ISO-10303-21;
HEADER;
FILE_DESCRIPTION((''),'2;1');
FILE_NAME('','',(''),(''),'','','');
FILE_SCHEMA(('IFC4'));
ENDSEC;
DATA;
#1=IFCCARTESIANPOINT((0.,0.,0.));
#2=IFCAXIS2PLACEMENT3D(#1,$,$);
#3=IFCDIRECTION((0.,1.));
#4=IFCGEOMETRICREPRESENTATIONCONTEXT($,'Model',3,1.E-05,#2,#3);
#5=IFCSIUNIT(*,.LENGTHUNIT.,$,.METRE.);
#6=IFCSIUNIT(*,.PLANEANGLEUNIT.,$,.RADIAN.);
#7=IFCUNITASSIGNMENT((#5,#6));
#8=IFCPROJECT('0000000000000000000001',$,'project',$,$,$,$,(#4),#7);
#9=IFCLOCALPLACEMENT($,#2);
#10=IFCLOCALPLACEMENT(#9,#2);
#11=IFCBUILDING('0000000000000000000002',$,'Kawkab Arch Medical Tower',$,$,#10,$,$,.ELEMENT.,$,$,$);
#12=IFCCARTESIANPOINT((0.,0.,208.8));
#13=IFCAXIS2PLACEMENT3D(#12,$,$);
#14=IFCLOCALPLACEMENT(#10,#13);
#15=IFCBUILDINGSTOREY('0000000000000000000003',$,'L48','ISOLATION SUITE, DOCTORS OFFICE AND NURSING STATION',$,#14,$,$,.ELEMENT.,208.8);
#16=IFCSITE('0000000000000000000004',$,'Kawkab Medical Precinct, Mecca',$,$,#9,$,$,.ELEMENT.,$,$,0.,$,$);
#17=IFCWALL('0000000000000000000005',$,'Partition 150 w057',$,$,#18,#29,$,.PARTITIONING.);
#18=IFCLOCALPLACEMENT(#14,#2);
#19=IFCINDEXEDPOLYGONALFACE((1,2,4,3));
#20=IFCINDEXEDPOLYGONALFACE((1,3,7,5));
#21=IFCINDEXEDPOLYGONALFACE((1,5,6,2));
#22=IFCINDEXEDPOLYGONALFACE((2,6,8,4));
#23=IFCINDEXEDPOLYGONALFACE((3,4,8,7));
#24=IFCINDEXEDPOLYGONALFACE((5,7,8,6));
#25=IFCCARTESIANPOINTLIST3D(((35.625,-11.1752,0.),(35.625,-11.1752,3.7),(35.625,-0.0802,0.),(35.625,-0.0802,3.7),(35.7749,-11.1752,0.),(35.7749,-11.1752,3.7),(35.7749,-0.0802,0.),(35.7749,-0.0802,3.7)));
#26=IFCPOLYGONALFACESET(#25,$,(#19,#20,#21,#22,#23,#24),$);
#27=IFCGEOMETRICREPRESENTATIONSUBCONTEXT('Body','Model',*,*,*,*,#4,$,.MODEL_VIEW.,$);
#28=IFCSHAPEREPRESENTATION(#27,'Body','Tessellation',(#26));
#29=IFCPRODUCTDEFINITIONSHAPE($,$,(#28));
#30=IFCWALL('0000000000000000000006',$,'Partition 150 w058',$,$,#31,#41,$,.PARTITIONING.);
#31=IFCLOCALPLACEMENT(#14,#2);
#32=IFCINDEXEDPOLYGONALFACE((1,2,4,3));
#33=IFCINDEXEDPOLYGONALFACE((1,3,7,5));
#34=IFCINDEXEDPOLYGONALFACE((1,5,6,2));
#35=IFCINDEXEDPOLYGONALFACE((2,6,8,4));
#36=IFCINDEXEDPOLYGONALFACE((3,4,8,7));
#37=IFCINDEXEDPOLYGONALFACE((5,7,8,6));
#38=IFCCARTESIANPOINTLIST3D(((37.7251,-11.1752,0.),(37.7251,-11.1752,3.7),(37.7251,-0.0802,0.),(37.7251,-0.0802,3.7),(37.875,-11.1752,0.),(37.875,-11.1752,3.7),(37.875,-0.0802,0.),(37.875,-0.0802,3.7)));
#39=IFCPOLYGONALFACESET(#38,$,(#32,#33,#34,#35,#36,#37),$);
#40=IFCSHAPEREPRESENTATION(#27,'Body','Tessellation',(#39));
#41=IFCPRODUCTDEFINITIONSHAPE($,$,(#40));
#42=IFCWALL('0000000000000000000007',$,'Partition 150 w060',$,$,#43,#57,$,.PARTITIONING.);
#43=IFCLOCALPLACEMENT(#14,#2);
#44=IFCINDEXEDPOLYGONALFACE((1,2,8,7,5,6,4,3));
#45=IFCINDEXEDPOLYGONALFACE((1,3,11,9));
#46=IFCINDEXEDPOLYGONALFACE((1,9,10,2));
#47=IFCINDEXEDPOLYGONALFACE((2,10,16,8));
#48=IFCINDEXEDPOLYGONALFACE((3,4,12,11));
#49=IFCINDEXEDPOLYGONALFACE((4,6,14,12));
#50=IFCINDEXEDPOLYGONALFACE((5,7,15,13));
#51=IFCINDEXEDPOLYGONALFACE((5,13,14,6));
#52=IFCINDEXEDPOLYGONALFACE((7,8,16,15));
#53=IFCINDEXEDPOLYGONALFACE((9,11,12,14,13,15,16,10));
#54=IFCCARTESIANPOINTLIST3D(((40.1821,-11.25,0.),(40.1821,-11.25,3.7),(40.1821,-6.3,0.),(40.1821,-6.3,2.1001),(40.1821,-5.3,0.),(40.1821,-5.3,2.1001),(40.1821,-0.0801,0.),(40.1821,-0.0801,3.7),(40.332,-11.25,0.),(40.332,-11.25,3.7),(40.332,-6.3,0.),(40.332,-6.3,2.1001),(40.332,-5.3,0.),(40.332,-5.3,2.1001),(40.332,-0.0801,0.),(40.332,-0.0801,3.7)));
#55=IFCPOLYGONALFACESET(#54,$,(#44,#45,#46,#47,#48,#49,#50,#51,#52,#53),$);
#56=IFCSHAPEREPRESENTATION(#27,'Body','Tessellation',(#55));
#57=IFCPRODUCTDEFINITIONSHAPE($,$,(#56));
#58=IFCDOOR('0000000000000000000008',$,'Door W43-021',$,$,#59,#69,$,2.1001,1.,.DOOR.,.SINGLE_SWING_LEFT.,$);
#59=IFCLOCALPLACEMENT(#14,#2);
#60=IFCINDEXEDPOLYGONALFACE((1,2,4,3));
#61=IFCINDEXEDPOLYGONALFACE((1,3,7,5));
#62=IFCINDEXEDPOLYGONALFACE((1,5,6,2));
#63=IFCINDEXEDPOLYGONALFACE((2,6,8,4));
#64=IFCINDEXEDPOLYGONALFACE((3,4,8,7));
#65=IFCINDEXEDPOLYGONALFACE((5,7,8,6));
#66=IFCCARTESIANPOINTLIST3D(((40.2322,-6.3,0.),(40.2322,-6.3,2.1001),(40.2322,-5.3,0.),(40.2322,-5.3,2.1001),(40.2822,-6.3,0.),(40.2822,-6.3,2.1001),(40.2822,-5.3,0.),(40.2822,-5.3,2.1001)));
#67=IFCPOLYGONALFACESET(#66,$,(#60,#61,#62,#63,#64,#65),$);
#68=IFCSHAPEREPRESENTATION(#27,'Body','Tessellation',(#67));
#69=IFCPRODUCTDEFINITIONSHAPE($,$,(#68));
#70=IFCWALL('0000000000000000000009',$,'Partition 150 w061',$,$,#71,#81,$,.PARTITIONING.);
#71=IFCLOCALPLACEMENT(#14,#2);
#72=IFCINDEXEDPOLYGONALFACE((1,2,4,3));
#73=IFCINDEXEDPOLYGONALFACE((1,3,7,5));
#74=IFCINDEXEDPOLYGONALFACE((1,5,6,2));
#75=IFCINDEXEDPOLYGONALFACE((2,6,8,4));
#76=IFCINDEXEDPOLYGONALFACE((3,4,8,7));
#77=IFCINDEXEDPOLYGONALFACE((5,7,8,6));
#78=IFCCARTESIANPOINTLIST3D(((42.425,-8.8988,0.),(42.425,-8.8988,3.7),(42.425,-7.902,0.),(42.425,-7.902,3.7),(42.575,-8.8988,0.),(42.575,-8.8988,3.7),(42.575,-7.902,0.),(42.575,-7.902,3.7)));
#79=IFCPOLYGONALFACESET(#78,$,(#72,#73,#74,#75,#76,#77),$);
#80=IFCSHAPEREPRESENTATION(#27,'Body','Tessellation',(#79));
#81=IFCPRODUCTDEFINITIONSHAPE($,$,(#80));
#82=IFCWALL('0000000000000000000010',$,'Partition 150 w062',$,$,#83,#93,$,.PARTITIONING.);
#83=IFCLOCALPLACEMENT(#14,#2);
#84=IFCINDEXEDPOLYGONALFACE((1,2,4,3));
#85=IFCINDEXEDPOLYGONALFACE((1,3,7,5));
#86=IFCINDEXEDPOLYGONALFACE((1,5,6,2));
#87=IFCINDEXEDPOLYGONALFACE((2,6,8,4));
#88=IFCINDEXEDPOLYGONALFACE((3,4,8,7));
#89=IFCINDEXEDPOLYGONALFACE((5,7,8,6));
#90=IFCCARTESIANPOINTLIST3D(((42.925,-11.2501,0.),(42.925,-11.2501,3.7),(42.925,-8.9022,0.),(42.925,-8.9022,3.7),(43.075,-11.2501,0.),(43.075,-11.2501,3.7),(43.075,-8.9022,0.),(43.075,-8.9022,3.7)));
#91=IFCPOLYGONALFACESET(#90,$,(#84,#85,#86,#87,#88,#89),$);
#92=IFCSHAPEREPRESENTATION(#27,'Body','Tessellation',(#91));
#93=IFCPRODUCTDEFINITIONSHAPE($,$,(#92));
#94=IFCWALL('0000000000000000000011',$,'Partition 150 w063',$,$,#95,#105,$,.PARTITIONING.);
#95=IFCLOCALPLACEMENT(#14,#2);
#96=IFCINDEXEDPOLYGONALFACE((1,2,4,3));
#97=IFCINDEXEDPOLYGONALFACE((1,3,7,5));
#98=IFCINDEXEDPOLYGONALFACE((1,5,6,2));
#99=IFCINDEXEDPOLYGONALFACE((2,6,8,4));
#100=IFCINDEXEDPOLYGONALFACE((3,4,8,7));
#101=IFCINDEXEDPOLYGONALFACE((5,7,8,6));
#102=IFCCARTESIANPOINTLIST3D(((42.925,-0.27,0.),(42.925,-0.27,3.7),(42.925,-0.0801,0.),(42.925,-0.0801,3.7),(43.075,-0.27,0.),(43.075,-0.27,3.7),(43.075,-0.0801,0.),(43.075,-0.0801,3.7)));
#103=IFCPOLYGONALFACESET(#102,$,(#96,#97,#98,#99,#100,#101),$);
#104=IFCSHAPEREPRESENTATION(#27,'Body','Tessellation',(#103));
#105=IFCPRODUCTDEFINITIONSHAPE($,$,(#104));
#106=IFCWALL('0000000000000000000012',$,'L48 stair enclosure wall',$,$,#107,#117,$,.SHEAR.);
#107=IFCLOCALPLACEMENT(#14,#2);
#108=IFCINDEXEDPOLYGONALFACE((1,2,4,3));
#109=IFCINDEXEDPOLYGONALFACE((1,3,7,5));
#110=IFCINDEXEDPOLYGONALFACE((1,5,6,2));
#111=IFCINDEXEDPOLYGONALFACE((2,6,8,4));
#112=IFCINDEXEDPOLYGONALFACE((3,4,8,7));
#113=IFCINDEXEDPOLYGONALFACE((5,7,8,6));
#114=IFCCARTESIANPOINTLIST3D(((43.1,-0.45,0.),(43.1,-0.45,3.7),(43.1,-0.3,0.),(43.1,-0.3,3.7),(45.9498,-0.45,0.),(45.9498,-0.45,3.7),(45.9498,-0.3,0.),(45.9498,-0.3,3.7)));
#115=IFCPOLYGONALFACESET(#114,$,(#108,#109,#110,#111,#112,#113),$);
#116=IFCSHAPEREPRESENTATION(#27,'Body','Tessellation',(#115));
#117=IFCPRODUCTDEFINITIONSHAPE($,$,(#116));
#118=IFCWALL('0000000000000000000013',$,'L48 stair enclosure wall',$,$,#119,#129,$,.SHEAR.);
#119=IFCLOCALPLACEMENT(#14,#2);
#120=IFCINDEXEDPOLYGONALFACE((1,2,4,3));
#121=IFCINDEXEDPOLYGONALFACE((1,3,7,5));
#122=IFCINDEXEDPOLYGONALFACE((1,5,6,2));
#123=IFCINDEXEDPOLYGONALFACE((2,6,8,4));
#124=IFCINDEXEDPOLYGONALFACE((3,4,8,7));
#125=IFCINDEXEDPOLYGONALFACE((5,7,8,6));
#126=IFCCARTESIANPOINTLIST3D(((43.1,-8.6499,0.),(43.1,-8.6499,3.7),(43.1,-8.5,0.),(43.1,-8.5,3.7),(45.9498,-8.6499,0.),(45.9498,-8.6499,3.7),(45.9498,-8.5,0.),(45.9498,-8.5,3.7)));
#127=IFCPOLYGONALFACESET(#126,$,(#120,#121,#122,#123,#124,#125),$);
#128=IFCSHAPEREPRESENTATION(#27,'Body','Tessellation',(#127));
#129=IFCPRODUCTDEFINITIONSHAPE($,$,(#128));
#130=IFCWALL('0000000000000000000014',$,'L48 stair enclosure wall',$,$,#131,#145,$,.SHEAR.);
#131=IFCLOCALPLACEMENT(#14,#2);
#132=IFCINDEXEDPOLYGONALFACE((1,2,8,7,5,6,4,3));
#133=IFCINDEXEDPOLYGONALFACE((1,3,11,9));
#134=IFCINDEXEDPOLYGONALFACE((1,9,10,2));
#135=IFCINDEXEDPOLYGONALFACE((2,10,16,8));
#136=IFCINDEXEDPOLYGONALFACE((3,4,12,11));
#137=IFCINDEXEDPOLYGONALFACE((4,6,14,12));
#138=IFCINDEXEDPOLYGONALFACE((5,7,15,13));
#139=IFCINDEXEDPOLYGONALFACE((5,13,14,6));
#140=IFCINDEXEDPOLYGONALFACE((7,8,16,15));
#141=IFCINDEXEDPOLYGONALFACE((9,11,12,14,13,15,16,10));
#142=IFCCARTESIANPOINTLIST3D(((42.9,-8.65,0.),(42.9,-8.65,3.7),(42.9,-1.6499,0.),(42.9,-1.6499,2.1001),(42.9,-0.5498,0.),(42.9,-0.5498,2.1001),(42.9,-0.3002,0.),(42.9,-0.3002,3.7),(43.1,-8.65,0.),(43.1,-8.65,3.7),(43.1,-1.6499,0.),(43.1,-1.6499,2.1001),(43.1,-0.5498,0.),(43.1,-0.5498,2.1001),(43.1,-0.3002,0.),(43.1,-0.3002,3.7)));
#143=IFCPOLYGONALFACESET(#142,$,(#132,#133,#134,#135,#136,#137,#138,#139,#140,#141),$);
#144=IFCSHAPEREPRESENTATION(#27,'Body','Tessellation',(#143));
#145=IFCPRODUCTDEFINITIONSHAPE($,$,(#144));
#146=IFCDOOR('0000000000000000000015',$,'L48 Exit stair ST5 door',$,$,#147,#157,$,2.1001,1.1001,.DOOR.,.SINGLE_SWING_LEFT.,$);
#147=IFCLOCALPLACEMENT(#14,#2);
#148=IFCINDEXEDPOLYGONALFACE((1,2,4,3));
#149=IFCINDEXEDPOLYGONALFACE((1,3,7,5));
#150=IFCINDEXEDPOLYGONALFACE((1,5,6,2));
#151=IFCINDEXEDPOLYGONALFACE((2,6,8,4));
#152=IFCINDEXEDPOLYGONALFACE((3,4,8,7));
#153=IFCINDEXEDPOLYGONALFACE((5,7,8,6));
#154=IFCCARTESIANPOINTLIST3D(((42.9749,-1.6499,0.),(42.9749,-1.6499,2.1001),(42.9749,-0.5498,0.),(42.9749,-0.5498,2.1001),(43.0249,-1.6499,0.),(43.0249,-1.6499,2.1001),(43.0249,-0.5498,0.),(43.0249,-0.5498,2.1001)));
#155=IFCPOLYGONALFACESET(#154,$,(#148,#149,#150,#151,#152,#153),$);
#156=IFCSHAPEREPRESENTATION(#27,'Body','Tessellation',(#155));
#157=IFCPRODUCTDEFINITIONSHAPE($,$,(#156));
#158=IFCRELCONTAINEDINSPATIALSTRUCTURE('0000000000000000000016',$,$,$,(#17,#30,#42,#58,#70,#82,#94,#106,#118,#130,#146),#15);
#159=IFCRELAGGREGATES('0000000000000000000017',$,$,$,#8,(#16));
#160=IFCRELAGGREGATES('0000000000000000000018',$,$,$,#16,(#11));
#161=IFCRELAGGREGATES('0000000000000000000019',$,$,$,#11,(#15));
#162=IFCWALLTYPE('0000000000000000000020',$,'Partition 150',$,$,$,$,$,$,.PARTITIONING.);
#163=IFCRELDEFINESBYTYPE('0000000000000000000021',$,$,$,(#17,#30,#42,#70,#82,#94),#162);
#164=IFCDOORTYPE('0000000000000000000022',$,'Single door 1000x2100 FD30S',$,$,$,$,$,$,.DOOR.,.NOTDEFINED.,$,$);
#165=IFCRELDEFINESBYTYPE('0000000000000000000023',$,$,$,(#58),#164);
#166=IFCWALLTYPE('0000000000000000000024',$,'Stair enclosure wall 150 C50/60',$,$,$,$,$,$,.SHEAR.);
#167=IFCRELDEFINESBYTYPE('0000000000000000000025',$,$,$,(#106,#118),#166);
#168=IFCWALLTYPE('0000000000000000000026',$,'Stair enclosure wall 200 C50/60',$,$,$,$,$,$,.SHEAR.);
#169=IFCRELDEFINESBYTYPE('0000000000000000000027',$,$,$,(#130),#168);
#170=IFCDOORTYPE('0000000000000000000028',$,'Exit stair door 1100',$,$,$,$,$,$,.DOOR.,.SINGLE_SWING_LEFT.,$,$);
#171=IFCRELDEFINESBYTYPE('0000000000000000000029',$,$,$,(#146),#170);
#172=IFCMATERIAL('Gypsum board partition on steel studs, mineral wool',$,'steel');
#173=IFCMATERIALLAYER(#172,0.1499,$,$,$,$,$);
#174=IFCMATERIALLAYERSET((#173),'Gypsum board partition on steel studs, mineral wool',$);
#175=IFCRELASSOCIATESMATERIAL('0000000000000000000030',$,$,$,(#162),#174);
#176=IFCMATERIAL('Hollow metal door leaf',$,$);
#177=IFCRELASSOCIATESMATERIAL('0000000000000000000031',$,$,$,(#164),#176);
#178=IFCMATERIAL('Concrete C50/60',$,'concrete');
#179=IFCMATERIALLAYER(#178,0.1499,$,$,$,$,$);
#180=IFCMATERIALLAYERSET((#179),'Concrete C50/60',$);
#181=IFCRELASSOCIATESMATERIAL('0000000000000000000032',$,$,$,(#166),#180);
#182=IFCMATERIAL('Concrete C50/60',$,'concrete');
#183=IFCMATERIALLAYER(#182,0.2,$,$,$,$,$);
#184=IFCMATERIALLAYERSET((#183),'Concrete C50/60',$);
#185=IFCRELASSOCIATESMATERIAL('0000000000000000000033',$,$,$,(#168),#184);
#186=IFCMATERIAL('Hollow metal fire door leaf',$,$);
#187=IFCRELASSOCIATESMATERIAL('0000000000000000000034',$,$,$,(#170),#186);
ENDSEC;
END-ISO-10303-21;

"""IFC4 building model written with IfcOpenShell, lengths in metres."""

from ifc_helpers import new_model, si_unit, direction, frame, frame_2d, origin, place, context, subcontext, project, spatial, rectangle, extrude, material, layer, layer_set, type_object, element, fill, save


model = new_model("IFC4")

# Units and contexts
model_context = context("Model", 3, precision=1e-05, world=origin(), true_north=direction((0.0, 1.0)))
body_context = subcontext(model_context, "Body", "Model", "MODEL_VIEW")
ifc_project = project(units=[si_unit("LENGTHUNIT", "METRE"), si_unit("PLANEANGLEUNIT", "RADIAN")], contexts=[model_context])

# Site, building, storey
site_placement = place(None, origin())
site = spatial("IfcSite", under=ifc_project, at=site_placement, Name="Kawkab Medical Precinct, Mecca", CompositionType="ELEMENT", RefElevation=0.0)
building_placement = place(site_placement, origin())
building = spatial("IfcBuilding", under=site, at=building_placement, Name="Kawkab Arch Medical Tower", CompositionType="ELEMENT")
storey_placement = place(building_placement, frame((0.0, 0.0, 208.8)))
storey = spatial("IfcBuildingStorey", under=building, at=storey_placement, Name="L48", Description="ISOLATION SUITE, DOCTORS OFFICE AND NURSING STATION", CompositionType="ELEMENT", Elevation=208.8)

# Shared definitions
ifc_material_1 = material(Name="Gypsum board partition on steel studs, mineral wool", Category="steel")
ifc_layer_1 = layer(ifc_material_1, 0.1499)
ifc_layer_set_1 = layer_set([ifc_layer_1], Name="Gypsum board partition on steel studs, mineral wool")
wall_type_1 = type_object("IfcWallType", Name="Partition 150", PredefinedType="PARTITIONING", material=ifc_layer_set_1)
ifc_material_2 = material(Name="Hollow metal door leaf")
door_type_1 = type_object("IfcDoorType", Name="Single door 1000x2100 FD30S", OperationType="NOTDEFINED", PredefinedType="DOOR", material=ifc_material_2)

# Walls
for number, where, z_axis, x_axis, name in (
    (1, (35.7, -11.175, 0.0), (0.0, 0.0, 1.0), (0.0, 1.0, 0.0), "Partition 150 w057"),
    (2, (37.8, -11.175, 0.0), (0.0, 0.0, 1.0), (0.0, 1.0, 0.0), "Partition 150 w058"),
):
    element("IfcWall", number, at=place(storey_placement, frame(where, z_axis=z_axis, x_axis=x_axis)), inside=storey, type_object=wall_type_1, Name=name, PredefinedType="PARTITIONING", context=body_context, shape_type="SweptSolid", body=[
        extrude(rectangle(XDim=11.095, YDim=0.1499, at=frame_2d((5.5474, 0.0))), origin(), (0.0, 0.0, 1.0), 3.7),
    ])

# Wall, opening, door
wall_1_placement = place(storey_placement, frame((40.2571, -11.25, 0.0), z_axis=(0.0, 0.0, 1.0), x_axis=(0.0, 1.0, 0.0)))
wall_1 = element("IfcWall", 3, at=wall_1_placement, inside=storey, type_object=wall_type_1, Name="Partition 150 w060", PredefinedType="PARTITIONING", context=body_context, shape_type="SweptSolid", body=[
    extrude(rectangle(XDim=11.1699, YDim=0.1499, at=frame_2d((5.585, 0.0))), origin(), (0.0, 0.0, 1.0), 3.7),
])
opening_1_placement = place(wall_1_placement, frame((4.95, 0.0, 0.0)))
opening_1 = element("IfcOpeningElement", 4, at=opening_1_placement, cuts=wall_1, PredefinedType="OPENING", context=body_context, shape_type="SweptSolid", body=[
    extrude(rectangle(XDim=1.0, YDim=2.1001, at=frame_2d((0.5, 1.05))), frame((0.0, 0.085, 0.0), z_axis=(0.0, -1.0, 0.0), x_axis=(1.0, 0.0, 0.0)), (0.0, 0.0, 1.0), 0.1699),
])
door_1_placement = place(opening_1_placement, origin())
door_1 = element("IfcDoor", 5, at=door_1_placement, inside=storey, type_object=door_type_1, Name="Door W43-021", OperationType="SINGLE_SWING_LEFT", OverallHeight=2.1001, OverallWidth=1.0, PredefinedType="DOOR", context=body_context, shape_type="SweptSolid", body=[
    extrude(rectangle(XDim=1.0, YDim=2.1001, at=frame_2d((0.5, 1.05))), frame((0.0, 0.0249, 0.0), z_axis=(0.0, -1.0, 0.0), x_axis=(1.0, 0.0, 0.0)), (0.0, 0.0, 1.0), 0.05),
])
fill(opening_1, door_1)

# Walls
wall_2_placement = place(storey_placement, frame((42.5, -8.8989, 0.0), z_axis=(0.0, 0.0, 1.0), x_axis=(0.0, 1.0, 0.0)))
element("IfcWall", 6, at=wall_2_placement, inside=storey, type_object=wall_type_1, Name="Partition 150 w061", PredefinedType="PARTITIONING", context=body_context, shape_type="SweptSolid", body=[
    extrude(rectangle(XDim=0.9968, YDim=0.1499, at=frame_2d((0.4985, 0.0))), origin(), (0.0, 0.0, 1.0), 3.7),
])
wall_3_placement = place(storey_placement, frame((43.0, -11.25, 0.0), z_axis=(0.0, 0.0, 1.0), x_axis=(0.0, 1.0, 0.0)))
element("IfcWall", 7, at=wall_3_placement, inside=storey, type_object=wall_type_1, Name="Partition 150 w062", PredefinedType="PARTITIONING", context=body_context, shape_type="SweptSolid", body=[
    extrude(rectangle(XDim=2.3479, YDim=0.1499, at=frame_2d((1.1738, 0.0))), origin(), (0.0, 0.0, 1.0), 3.7),
])
wall_4_placement = place(storey_placement, frame((43.0, -0.27, 0.0), z_axis=(0.0, 0.0, 1.0), x_axis=(0.0, 1.0, 0.0)))
element("IfcWall", 8, at=wall_4_placement, inside=storey, type_object=wall_type_1, Name="Partition 150 w063", PredefinedType="PARTITIONING", context=body_context, shape_type="SweptSolid", body=[
    extrude(rectangle(XDim=0.1899, YDim=0.1499, at=frame_2d((0.095, 0.0))), origin(), (0.0, 0.0, 1.0), 3.7),
])
ifc_material_3 = material(Name="Concrete C50/60", Category="concrete")
ifc_layer_2 = layer(ifc_material_3, 0.1499)
ifc_layer_set_2 = layer_set([ifc_layer_2], Name="Concrete C50/60")
wall_type_2 = type_object("IfcWallType", Name="Stair enclosure wall 150 C50/60", PredefinedType="SHEAR", material=ifc_layer_set_2)
for number, where, z_axis, x_axis, name in (
    (9, (43.1001, -0.375, 0.0), (0.0, 0.0, 1.0), (1.0, 0.0, 0.0), "L48 stair enclosure wall"),
    (10, (43.1001, -8.575, 0.0), (0.0, 0.0, 1.0), (1.0, 0.0, 0.0), "L48 stair enclosure wall"),
):
    element("IfcWall", number, at=place(storey_placement, frame(where, z_axis=z_axis, x_axis=x_axis)), inside=storey, type_object=wall_type_2, Name=name, PredefinedType="SHEAR", context=body_context, shape_type="SweptSolid", body=[
        extrude(rectangle(XDim=2.8499, YDim=0.1499, at=frame_2d((1.4248, 0.0))), origin(), (0.0, 0.0, 1.0), 3.7),
    ])

# Wall, opening, door
ifc_material_4 = material(Name="Concrete C50/60", Category="concrete")
ifc_layer_3 = layer(ifc_material_4, 0.2)
ifc_layer_set_3 = layer_set([ifc_layer_3], Name="Concrete C50/60")
wall_type_3 = type_object("IfcWallType", Name="Stair enclosure wall 200 C50/60", PredefinedType="SHEAR", material=ifc_layer_set_3)
wall_5_placement = place(storey_placement, frame((43.0, -8.6499, 0.0), z_axis=(0.0, 0.0, 1.0), x_axis=(0.0, 1.0, 0.0)))
wall_5 = element("IfcWall", 11, at=wall_5_placement, inside=storey, type_object=wall_type_3, Name="L48 stair enclosure wall", PredefinedType="SHEAR", context=body_context, shape_type="SweptSolid", body=[
    extrude(rectangle(XDim=8.3499, YDim=0.2, at=frame_2d((4.1748, 0.0))), origin(), (0.0, 0.0, 1.0), 3.7),
])
opening_2_placement = place(wall_5_placement, frame((7.0, 0.0, 0.0)))
opening_2 = element("IfcOpeningElement", 12, at=opening_2_placement, cuts=wall_5, PredefinedType="OPENING", context=body_context, shape_type="SweptSolid", body=[
    extrude(rectangle(XDim=1.1001, YDim=2.1001, at=frame_2d((0.55, 1.05))), frame((0.0, 0.1099, 0.0), z_axis=(0.0, -1.0, 0.0), x_axis=(1.0, 0.0, 0.0)), (0.0, 0.0, 1.0), 0.22),
])
ifc_material_5 = material(Name="Hollow metal fire door leaf")
door_type_2 = type_object("IfcDoorType", Name="Exit stair door 1100", OperationType="SINGLE_SWING_LEFT", PredefinedType="DOOR", material=ifc_material_5)
door_2_placement = place(opening_2_placement, frame((1.1001, 0.0, 0.0), z_axis=(0.0, 0.0, 1.0), x_axis=(-1.0, 0.0, 0.0)))
door_2 = element("IfcDoor", 13, at=door_2_placement, inside=storey, type_object=door_type_2, Name="L48 Exit stair ST5 door", OperationType="SINGLE_SWING_LEFT", OverallHeight=2.1001, OverallWidth=1.1001, PredefinedType="DOOR", context=body_context, shape_type="SweptSolid", body=[
    extrude(rectangle(XDim=1.1001, YDim=2.1001, at=frame_2d((0.55, 1.05))), frame((0.0, 0.0249, 0.0), z_axis=(0.0, -1.0, 0.0), x_axis=(1.0, 0.0, 0.0)), (0.0, 0.0, 1.0), 0.05),
])
fill(opening_2, door_2)

save(model, "model.ifc")
